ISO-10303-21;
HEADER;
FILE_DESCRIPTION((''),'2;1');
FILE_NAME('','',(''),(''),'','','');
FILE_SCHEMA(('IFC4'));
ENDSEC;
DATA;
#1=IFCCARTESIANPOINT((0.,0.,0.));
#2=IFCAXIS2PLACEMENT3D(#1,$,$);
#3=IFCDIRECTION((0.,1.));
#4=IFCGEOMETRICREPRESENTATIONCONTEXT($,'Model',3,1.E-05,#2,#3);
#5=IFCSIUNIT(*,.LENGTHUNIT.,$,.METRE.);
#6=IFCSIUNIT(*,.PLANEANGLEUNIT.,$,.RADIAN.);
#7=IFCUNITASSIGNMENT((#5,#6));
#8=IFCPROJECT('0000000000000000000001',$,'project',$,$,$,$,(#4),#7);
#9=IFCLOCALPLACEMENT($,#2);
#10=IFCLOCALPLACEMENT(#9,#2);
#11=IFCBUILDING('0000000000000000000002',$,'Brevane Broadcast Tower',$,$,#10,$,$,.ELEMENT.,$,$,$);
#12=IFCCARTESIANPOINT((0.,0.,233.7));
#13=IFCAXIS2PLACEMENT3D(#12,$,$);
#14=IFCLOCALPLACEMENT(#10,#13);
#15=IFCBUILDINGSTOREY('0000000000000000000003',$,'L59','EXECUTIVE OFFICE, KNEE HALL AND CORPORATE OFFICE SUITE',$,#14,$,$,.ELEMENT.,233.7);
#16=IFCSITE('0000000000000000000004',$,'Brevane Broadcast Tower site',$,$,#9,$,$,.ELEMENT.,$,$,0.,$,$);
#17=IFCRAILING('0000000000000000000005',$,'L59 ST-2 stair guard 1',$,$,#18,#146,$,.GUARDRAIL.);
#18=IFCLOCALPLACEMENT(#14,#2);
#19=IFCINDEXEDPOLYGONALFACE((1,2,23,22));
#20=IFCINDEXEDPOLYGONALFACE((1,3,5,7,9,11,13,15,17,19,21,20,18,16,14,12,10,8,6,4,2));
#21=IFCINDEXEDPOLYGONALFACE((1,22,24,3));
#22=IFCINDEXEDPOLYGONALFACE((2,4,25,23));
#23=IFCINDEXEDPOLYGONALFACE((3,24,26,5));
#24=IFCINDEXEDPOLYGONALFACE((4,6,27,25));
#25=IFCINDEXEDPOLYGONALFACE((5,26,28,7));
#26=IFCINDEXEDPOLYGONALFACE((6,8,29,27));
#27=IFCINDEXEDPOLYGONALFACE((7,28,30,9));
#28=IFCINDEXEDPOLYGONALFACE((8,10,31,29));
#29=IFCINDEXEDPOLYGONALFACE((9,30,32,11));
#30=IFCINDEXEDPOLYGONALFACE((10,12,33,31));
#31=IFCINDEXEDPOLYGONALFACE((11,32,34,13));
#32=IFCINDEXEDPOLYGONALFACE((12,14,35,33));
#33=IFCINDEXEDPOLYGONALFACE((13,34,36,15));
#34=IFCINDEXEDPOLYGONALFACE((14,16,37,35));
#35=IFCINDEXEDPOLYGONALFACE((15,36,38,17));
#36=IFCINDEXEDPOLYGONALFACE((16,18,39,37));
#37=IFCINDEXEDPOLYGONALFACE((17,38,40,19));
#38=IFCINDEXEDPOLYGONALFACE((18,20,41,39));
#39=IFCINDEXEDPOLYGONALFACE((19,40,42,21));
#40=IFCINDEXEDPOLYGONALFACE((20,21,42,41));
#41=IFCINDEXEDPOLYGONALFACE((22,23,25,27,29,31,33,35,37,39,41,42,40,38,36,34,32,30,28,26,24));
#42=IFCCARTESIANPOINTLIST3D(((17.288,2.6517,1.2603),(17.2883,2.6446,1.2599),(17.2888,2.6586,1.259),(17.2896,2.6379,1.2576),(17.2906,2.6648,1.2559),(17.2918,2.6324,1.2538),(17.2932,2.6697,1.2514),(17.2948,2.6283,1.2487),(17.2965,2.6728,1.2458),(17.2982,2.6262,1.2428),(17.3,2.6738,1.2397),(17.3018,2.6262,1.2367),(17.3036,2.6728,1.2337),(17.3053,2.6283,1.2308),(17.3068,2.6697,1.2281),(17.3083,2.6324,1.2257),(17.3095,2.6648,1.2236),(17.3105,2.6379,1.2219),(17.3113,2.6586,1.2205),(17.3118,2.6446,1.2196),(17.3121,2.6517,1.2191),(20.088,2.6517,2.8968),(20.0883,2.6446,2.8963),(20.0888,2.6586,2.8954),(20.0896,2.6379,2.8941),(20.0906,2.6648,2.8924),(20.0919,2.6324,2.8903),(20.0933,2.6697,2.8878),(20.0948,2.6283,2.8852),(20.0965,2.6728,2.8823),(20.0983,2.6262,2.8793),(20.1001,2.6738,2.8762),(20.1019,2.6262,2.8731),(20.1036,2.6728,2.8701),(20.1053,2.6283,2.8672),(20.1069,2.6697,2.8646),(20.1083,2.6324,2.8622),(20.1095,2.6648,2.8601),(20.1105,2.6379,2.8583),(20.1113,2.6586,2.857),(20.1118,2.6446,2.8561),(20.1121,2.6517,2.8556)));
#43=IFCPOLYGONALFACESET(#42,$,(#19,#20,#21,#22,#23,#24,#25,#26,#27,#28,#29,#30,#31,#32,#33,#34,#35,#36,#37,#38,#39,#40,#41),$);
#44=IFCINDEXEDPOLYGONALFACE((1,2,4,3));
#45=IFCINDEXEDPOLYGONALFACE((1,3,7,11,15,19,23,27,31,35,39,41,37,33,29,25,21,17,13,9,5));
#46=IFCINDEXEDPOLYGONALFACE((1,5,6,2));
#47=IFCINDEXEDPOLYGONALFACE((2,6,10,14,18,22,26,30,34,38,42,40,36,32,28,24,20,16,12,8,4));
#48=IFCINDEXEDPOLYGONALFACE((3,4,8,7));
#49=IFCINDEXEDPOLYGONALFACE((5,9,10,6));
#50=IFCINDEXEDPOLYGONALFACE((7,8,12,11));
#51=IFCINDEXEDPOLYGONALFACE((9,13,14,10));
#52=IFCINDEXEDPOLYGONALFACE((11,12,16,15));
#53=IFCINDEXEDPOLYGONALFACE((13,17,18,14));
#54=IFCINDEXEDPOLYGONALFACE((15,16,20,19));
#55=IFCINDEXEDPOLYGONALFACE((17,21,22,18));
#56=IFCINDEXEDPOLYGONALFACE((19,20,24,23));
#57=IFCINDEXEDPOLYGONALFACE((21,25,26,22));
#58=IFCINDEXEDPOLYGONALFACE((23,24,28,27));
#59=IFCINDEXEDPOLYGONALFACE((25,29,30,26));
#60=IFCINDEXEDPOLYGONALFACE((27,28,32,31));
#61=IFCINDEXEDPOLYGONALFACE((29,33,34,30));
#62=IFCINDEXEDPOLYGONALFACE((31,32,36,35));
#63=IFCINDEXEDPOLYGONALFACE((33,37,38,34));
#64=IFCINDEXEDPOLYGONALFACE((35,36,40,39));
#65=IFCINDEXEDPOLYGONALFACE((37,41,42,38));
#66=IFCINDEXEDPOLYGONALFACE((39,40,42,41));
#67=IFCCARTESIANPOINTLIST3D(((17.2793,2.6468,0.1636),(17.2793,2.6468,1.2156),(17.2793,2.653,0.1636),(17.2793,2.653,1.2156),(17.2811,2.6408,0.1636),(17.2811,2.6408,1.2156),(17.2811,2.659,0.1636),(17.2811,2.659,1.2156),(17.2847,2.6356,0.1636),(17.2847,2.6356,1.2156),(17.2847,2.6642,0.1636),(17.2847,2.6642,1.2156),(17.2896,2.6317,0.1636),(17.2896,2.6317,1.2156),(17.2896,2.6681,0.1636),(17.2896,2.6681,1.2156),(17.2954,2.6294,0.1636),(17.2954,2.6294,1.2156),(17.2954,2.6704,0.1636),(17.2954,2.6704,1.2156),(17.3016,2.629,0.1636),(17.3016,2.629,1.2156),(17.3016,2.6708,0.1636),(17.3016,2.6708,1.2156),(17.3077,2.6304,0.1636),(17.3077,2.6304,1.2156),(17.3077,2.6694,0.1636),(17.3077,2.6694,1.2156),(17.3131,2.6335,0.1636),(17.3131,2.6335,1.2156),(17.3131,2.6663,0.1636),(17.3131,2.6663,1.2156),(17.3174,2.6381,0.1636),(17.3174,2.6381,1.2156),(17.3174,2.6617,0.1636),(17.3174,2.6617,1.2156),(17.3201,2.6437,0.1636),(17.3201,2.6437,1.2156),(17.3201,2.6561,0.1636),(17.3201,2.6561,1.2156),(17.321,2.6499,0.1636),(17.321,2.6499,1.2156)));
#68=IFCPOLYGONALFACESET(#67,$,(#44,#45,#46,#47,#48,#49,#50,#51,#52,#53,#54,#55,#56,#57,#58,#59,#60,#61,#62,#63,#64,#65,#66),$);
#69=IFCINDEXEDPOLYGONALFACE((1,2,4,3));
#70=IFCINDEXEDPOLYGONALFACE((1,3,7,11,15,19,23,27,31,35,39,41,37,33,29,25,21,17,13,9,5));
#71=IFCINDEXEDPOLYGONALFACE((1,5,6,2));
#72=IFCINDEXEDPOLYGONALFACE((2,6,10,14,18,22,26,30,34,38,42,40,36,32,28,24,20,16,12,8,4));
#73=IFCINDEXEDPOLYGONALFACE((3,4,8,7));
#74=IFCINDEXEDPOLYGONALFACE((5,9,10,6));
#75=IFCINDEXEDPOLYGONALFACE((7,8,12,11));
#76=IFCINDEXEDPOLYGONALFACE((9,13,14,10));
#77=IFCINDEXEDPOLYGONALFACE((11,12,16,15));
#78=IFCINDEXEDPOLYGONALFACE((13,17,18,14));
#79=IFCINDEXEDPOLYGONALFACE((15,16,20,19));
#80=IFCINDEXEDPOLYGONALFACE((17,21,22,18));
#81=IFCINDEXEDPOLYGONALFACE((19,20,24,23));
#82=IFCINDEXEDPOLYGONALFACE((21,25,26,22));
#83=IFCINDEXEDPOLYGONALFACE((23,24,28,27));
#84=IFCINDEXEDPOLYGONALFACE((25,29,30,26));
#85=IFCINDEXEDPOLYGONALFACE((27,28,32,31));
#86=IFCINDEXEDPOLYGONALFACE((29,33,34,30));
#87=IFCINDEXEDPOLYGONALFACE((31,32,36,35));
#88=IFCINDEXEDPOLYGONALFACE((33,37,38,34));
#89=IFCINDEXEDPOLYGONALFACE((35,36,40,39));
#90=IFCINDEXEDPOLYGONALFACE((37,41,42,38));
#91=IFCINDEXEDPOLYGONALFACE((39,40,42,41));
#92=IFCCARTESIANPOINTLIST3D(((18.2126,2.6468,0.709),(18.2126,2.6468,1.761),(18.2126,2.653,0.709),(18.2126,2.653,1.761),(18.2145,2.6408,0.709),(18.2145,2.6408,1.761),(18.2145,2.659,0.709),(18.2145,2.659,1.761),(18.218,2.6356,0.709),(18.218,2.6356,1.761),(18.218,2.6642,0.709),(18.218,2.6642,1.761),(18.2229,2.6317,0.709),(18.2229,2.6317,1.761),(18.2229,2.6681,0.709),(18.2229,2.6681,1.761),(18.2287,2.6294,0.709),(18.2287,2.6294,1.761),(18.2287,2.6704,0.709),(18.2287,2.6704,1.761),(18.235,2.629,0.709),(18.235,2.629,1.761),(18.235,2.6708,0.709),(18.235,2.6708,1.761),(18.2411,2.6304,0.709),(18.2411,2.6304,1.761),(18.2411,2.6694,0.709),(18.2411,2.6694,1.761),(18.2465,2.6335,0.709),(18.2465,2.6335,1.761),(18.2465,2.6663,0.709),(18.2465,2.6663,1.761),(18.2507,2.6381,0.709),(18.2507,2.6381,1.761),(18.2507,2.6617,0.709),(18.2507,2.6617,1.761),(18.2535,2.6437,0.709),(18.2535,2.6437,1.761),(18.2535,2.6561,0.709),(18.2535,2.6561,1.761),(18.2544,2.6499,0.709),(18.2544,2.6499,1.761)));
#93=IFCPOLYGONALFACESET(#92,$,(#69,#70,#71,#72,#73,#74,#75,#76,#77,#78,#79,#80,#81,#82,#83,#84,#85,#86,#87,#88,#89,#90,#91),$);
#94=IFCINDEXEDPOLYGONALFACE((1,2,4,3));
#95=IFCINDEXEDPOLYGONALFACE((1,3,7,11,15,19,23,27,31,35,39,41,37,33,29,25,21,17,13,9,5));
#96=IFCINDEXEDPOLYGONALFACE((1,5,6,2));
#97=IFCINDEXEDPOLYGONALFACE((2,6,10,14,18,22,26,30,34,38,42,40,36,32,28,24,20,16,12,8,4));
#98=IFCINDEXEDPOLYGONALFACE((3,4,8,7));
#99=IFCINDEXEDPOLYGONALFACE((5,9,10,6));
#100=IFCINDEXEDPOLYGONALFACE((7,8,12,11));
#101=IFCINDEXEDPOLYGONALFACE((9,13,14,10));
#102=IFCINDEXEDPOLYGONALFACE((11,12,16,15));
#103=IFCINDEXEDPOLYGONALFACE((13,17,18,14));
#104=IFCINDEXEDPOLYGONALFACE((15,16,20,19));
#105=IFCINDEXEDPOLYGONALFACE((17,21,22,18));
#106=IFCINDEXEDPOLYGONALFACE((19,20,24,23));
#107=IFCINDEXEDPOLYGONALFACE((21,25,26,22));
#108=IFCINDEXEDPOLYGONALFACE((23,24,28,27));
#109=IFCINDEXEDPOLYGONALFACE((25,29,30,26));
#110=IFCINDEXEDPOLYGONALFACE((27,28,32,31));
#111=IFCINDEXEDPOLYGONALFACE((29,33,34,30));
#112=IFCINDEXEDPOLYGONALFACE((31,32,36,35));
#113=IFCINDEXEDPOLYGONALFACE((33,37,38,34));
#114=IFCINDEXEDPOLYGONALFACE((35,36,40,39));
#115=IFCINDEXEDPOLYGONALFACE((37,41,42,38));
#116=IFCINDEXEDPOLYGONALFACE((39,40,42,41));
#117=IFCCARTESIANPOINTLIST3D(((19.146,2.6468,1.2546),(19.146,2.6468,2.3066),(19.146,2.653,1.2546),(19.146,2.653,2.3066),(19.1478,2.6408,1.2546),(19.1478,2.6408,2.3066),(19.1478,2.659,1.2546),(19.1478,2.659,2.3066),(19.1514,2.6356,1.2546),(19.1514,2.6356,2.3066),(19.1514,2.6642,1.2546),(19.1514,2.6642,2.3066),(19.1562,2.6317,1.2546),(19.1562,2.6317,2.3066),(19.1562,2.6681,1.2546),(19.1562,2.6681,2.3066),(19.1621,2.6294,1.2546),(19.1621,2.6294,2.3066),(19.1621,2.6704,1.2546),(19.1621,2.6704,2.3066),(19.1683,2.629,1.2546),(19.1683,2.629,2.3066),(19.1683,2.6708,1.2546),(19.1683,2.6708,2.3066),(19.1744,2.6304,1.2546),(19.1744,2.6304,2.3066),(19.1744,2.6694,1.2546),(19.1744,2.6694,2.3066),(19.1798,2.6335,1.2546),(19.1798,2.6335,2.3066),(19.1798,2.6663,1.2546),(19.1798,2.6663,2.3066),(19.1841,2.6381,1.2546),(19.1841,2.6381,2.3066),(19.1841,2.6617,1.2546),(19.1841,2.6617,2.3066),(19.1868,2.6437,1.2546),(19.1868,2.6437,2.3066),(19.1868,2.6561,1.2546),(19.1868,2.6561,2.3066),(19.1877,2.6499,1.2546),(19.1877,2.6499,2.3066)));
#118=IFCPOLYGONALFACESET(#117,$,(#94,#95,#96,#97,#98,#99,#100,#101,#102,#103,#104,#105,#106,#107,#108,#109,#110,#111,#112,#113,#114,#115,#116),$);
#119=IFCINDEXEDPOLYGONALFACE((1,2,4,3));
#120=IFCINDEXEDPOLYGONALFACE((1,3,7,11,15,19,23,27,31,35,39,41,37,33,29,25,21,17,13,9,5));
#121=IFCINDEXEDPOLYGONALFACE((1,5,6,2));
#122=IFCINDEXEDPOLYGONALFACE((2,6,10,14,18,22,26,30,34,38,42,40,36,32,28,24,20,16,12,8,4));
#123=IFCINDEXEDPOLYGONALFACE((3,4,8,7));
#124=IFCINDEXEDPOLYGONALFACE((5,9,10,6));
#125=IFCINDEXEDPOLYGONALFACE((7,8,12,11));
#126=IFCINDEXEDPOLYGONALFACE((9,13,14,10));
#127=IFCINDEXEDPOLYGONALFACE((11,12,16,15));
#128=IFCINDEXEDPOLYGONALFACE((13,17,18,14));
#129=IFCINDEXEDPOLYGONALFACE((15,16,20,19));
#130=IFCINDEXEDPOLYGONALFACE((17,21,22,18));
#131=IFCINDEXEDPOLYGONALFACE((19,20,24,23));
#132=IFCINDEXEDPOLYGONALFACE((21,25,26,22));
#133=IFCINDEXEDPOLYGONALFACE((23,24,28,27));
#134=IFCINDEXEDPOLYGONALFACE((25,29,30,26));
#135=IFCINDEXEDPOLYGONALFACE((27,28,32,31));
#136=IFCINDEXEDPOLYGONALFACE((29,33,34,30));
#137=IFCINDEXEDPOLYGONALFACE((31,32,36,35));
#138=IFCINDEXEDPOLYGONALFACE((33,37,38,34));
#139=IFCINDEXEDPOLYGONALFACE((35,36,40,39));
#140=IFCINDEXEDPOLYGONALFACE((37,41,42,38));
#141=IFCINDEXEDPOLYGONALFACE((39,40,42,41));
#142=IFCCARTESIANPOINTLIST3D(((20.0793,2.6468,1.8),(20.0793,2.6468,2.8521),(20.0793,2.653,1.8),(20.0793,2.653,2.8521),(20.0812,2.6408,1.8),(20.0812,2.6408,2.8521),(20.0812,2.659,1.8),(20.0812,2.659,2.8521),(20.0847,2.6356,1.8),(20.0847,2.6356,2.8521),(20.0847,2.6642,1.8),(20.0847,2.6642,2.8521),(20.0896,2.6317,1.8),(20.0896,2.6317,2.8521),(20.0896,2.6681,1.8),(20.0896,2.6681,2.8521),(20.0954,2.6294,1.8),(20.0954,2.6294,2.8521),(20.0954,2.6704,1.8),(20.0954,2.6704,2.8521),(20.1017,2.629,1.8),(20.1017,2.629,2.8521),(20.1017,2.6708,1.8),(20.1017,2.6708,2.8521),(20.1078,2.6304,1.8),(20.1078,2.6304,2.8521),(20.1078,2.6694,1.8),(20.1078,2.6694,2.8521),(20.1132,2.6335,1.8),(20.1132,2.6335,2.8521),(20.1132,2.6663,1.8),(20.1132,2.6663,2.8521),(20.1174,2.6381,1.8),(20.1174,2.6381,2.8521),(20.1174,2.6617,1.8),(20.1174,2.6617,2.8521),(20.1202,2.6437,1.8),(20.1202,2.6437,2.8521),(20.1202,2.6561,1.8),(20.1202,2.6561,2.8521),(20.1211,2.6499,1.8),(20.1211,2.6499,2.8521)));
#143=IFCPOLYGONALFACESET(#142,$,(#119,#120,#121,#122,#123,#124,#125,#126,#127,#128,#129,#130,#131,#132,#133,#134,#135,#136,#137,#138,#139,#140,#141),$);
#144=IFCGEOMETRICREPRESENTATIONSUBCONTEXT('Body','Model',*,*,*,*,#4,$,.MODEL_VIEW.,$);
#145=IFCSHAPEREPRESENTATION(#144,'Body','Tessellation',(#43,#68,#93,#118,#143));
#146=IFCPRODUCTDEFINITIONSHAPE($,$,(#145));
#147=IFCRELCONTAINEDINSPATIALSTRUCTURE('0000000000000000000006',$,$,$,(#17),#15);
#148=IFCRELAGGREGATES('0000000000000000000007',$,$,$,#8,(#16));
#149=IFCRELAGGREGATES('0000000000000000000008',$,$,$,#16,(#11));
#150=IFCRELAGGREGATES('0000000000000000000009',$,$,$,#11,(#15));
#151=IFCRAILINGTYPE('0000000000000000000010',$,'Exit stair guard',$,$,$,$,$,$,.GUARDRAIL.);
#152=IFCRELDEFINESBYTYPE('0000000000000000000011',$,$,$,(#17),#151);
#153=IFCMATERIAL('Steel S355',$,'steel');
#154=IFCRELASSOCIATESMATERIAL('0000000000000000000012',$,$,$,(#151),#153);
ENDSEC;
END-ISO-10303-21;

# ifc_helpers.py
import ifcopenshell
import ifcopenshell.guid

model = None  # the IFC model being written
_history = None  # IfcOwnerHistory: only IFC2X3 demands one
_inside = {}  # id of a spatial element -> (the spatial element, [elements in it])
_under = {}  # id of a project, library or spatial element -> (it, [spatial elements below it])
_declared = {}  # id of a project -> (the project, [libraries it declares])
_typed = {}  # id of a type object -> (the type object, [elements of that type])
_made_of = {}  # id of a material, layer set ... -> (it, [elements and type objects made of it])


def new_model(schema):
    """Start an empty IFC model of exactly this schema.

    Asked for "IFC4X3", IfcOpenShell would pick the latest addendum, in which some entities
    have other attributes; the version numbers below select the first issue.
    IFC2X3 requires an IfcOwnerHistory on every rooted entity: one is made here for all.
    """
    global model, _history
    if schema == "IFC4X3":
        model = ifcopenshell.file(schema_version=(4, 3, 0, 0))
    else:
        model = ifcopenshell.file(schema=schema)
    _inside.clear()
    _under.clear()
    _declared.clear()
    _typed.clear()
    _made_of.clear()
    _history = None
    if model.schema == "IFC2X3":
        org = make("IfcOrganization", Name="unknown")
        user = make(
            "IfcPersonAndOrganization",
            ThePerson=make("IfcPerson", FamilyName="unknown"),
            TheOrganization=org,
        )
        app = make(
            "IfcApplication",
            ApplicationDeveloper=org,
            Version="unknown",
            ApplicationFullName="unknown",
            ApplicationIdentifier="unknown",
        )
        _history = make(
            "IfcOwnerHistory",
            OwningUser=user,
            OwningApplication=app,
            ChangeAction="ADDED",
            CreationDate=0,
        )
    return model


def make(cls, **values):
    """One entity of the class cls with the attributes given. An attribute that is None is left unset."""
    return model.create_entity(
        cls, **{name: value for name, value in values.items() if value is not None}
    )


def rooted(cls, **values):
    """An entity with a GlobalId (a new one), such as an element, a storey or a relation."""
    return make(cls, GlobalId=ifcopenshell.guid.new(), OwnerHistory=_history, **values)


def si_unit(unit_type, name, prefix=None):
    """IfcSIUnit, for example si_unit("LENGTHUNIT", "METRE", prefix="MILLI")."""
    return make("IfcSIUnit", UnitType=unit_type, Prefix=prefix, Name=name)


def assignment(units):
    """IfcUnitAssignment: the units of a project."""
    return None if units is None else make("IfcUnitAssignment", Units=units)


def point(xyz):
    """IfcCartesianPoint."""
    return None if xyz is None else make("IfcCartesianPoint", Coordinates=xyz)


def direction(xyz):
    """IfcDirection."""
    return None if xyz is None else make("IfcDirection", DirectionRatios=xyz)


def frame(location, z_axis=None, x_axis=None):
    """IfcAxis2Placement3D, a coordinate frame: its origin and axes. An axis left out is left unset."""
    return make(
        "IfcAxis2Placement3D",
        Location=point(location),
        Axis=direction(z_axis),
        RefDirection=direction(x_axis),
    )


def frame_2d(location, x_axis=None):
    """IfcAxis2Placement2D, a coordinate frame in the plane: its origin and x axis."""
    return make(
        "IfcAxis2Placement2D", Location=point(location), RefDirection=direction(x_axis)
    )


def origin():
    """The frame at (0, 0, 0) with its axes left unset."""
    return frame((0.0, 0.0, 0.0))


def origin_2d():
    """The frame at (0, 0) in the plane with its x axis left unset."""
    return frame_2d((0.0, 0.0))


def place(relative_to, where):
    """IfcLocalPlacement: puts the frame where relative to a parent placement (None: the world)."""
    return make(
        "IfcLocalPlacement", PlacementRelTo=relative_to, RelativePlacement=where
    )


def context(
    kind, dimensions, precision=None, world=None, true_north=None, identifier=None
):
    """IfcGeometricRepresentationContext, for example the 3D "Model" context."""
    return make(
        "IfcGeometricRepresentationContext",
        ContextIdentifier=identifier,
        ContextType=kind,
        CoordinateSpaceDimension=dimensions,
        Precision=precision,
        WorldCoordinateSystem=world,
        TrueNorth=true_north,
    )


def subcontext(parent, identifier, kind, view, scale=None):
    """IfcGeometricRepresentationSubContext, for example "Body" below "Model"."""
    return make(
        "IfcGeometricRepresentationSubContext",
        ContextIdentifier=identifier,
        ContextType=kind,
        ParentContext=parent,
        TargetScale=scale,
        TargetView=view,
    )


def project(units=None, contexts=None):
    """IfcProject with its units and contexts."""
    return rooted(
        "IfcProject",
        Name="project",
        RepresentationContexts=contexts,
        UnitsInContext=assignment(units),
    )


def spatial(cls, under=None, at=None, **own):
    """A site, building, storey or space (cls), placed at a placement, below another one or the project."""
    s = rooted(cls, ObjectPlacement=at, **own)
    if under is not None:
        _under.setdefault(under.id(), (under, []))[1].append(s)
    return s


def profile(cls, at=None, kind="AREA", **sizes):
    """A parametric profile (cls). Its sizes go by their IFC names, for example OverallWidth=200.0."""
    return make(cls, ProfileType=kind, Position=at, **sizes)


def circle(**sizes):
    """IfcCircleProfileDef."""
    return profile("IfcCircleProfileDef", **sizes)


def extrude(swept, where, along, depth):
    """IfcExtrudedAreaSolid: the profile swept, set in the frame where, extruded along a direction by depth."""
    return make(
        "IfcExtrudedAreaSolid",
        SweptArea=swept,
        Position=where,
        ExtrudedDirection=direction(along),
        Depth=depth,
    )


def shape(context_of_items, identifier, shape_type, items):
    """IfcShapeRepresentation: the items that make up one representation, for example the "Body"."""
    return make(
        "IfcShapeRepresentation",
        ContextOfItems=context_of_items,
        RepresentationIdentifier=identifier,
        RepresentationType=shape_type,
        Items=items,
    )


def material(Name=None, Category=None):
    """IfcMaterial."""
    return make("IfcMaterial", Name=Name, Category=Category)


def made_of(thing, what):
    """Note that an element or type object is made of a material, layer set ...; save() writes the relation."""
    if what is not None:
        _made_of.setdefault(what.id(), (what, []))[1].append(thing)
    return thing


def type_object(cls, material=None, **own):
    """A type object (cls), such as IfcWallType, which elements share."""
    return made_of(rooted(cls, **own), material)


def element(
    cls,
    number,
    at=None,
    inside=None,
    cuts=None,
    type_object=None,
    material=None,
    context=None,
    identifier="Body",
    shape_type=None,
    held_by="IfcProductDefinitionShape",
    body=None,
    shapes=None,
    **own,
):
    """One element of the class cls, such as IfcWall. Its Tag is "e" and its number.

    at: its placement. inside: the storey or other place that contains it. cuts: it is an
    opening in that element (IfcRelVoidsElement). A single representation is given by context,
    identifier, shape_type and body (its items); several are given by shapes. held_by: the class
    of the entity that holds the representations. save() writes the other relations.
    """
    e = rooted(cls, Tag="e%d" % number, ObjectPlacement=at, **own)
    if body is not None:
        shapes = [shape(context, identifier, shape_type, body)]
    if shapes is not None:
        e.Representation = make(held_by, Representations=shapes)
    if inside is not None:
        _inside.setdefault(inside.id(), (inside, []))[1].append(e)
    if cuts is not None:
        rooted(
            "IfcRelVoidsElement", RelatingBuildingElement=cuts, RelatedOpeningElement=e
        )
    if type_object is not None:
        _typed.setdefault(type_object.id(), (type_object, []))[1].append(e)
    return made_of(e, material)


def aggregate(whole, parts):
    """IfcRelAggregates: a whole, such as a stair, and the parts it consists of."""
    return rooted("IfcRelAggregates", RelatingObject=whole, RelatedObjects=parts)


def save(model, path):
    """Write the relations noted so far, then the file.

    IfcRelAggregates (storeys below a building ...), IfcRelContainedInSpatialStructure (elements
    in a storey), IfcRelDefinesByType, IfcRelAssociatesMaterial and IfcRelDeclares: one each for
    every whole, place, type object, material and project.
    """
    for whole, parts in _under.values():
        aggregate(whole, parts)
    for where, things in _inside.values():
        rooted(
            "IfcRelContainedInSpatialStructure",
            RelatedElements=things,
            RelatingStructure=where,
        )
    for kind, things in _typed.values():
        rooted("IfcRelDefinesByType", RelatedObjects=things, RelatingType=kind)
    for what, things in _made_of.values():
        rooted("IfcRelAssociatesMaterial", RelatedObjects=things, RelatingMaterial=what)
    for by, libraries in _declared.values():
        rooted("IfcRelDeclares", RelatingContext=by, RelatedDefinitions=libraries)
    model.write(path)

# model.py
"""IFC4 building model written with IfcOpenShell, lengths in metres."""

from ifc_helpers import new_model, si_unit, direction, frame, origin, origin_2d, place, context, subcontext, project, spatial, circle, extrude, material, type_object, element, save


model = new_model("IFC4")

# Units and contexts
model_context = context("Model", 3, precision=1e-05, world=origin(), true_north=direction((0.0, 1.0)))
body_context = subcontext(model_context, "Body", "Model", "MODEL_VIEW")
ifc_project = project(units=[si_unit("LENGTHUNIT", "METRE"), si_unit("PLANEANGLEUNIT", "RADIAN")], contexts=[model_context])

# Site, building, storey
site_placement = place(None, origin())
site = spatial("IfcSite", under=ifc_project, at=site_placement, Name="Brevane Broadcast Tower site", CompositionType="ELEMENT", RefElevation=0.0)
building_placement = place(site_placement, origin())
building = spatial("IfcBuilding", under=site, at=building_placement, Name="Brevane Broadcast Tower", CompositionType="ELEMENT")
storey_placement = place(building_placement, frame((0.0, 0.0, 233.7)))
storey = spatial("IfcBuildingStorey", under=building, at=storey_placement, Name="L59", Description="EXECUTIVE OFFICE, KNEE HALL AND CORPORATE OFFICE SUITE", CompositionType="ELEMENT", Elevation=233.7)

# Railing
ifc_material_1 = material(Name="Steel S355", Category="steel")
railing_type_1 = type_object("IfcRailingType", Name="Exit stair guard", PredefinedType="GUARDRAIL", material=ifc_material_1)
railing_1_placement = place(storey_placement, frame((17.3, 2.6499, 0.1636)))
element("IfcRailing", 1, at=railing_1_placement, inside=storey, type_object=railing_type_1, Name="L59 ST-2 stair guard 1", PredefinedType="GUARDRAIL", context=body_context, shape_type="SweptSolid", body=[
    extrude(circle(Radius=0.0239, at=origin_2d()), frame((0.0, 0.0, 1.0762), z_axis=(0.863361, 0.0, 0.504587), x_axis=(0.0, 1.0, 0.0)), (0.0, 0.0, 1.0), 3.2432),
    extrude(circle(Radius=0.021, at=origin_2d()), origin(), (0.0, 0.0, 1.0), 1.052),
    extrude(circle(Radius=0.021, at=origin_2d()), frame((0.9333, 0.0, 0.5454)), (0.0, 0.0, 1.0), 1.052),
    extrude(circle(Radius=0.021, at=origin_2d()), frame((1.8667, 0.0, 1.0911)), (0.0, 0.0, 1.0), 1.052),
    extrude(circle(Radius=0.021, at=origin_2d()), frame((2.8, 0.0, 1.6365)), (0.0, 0.0, 1.0), 1.052),
])

save(model, "model.ifc")
